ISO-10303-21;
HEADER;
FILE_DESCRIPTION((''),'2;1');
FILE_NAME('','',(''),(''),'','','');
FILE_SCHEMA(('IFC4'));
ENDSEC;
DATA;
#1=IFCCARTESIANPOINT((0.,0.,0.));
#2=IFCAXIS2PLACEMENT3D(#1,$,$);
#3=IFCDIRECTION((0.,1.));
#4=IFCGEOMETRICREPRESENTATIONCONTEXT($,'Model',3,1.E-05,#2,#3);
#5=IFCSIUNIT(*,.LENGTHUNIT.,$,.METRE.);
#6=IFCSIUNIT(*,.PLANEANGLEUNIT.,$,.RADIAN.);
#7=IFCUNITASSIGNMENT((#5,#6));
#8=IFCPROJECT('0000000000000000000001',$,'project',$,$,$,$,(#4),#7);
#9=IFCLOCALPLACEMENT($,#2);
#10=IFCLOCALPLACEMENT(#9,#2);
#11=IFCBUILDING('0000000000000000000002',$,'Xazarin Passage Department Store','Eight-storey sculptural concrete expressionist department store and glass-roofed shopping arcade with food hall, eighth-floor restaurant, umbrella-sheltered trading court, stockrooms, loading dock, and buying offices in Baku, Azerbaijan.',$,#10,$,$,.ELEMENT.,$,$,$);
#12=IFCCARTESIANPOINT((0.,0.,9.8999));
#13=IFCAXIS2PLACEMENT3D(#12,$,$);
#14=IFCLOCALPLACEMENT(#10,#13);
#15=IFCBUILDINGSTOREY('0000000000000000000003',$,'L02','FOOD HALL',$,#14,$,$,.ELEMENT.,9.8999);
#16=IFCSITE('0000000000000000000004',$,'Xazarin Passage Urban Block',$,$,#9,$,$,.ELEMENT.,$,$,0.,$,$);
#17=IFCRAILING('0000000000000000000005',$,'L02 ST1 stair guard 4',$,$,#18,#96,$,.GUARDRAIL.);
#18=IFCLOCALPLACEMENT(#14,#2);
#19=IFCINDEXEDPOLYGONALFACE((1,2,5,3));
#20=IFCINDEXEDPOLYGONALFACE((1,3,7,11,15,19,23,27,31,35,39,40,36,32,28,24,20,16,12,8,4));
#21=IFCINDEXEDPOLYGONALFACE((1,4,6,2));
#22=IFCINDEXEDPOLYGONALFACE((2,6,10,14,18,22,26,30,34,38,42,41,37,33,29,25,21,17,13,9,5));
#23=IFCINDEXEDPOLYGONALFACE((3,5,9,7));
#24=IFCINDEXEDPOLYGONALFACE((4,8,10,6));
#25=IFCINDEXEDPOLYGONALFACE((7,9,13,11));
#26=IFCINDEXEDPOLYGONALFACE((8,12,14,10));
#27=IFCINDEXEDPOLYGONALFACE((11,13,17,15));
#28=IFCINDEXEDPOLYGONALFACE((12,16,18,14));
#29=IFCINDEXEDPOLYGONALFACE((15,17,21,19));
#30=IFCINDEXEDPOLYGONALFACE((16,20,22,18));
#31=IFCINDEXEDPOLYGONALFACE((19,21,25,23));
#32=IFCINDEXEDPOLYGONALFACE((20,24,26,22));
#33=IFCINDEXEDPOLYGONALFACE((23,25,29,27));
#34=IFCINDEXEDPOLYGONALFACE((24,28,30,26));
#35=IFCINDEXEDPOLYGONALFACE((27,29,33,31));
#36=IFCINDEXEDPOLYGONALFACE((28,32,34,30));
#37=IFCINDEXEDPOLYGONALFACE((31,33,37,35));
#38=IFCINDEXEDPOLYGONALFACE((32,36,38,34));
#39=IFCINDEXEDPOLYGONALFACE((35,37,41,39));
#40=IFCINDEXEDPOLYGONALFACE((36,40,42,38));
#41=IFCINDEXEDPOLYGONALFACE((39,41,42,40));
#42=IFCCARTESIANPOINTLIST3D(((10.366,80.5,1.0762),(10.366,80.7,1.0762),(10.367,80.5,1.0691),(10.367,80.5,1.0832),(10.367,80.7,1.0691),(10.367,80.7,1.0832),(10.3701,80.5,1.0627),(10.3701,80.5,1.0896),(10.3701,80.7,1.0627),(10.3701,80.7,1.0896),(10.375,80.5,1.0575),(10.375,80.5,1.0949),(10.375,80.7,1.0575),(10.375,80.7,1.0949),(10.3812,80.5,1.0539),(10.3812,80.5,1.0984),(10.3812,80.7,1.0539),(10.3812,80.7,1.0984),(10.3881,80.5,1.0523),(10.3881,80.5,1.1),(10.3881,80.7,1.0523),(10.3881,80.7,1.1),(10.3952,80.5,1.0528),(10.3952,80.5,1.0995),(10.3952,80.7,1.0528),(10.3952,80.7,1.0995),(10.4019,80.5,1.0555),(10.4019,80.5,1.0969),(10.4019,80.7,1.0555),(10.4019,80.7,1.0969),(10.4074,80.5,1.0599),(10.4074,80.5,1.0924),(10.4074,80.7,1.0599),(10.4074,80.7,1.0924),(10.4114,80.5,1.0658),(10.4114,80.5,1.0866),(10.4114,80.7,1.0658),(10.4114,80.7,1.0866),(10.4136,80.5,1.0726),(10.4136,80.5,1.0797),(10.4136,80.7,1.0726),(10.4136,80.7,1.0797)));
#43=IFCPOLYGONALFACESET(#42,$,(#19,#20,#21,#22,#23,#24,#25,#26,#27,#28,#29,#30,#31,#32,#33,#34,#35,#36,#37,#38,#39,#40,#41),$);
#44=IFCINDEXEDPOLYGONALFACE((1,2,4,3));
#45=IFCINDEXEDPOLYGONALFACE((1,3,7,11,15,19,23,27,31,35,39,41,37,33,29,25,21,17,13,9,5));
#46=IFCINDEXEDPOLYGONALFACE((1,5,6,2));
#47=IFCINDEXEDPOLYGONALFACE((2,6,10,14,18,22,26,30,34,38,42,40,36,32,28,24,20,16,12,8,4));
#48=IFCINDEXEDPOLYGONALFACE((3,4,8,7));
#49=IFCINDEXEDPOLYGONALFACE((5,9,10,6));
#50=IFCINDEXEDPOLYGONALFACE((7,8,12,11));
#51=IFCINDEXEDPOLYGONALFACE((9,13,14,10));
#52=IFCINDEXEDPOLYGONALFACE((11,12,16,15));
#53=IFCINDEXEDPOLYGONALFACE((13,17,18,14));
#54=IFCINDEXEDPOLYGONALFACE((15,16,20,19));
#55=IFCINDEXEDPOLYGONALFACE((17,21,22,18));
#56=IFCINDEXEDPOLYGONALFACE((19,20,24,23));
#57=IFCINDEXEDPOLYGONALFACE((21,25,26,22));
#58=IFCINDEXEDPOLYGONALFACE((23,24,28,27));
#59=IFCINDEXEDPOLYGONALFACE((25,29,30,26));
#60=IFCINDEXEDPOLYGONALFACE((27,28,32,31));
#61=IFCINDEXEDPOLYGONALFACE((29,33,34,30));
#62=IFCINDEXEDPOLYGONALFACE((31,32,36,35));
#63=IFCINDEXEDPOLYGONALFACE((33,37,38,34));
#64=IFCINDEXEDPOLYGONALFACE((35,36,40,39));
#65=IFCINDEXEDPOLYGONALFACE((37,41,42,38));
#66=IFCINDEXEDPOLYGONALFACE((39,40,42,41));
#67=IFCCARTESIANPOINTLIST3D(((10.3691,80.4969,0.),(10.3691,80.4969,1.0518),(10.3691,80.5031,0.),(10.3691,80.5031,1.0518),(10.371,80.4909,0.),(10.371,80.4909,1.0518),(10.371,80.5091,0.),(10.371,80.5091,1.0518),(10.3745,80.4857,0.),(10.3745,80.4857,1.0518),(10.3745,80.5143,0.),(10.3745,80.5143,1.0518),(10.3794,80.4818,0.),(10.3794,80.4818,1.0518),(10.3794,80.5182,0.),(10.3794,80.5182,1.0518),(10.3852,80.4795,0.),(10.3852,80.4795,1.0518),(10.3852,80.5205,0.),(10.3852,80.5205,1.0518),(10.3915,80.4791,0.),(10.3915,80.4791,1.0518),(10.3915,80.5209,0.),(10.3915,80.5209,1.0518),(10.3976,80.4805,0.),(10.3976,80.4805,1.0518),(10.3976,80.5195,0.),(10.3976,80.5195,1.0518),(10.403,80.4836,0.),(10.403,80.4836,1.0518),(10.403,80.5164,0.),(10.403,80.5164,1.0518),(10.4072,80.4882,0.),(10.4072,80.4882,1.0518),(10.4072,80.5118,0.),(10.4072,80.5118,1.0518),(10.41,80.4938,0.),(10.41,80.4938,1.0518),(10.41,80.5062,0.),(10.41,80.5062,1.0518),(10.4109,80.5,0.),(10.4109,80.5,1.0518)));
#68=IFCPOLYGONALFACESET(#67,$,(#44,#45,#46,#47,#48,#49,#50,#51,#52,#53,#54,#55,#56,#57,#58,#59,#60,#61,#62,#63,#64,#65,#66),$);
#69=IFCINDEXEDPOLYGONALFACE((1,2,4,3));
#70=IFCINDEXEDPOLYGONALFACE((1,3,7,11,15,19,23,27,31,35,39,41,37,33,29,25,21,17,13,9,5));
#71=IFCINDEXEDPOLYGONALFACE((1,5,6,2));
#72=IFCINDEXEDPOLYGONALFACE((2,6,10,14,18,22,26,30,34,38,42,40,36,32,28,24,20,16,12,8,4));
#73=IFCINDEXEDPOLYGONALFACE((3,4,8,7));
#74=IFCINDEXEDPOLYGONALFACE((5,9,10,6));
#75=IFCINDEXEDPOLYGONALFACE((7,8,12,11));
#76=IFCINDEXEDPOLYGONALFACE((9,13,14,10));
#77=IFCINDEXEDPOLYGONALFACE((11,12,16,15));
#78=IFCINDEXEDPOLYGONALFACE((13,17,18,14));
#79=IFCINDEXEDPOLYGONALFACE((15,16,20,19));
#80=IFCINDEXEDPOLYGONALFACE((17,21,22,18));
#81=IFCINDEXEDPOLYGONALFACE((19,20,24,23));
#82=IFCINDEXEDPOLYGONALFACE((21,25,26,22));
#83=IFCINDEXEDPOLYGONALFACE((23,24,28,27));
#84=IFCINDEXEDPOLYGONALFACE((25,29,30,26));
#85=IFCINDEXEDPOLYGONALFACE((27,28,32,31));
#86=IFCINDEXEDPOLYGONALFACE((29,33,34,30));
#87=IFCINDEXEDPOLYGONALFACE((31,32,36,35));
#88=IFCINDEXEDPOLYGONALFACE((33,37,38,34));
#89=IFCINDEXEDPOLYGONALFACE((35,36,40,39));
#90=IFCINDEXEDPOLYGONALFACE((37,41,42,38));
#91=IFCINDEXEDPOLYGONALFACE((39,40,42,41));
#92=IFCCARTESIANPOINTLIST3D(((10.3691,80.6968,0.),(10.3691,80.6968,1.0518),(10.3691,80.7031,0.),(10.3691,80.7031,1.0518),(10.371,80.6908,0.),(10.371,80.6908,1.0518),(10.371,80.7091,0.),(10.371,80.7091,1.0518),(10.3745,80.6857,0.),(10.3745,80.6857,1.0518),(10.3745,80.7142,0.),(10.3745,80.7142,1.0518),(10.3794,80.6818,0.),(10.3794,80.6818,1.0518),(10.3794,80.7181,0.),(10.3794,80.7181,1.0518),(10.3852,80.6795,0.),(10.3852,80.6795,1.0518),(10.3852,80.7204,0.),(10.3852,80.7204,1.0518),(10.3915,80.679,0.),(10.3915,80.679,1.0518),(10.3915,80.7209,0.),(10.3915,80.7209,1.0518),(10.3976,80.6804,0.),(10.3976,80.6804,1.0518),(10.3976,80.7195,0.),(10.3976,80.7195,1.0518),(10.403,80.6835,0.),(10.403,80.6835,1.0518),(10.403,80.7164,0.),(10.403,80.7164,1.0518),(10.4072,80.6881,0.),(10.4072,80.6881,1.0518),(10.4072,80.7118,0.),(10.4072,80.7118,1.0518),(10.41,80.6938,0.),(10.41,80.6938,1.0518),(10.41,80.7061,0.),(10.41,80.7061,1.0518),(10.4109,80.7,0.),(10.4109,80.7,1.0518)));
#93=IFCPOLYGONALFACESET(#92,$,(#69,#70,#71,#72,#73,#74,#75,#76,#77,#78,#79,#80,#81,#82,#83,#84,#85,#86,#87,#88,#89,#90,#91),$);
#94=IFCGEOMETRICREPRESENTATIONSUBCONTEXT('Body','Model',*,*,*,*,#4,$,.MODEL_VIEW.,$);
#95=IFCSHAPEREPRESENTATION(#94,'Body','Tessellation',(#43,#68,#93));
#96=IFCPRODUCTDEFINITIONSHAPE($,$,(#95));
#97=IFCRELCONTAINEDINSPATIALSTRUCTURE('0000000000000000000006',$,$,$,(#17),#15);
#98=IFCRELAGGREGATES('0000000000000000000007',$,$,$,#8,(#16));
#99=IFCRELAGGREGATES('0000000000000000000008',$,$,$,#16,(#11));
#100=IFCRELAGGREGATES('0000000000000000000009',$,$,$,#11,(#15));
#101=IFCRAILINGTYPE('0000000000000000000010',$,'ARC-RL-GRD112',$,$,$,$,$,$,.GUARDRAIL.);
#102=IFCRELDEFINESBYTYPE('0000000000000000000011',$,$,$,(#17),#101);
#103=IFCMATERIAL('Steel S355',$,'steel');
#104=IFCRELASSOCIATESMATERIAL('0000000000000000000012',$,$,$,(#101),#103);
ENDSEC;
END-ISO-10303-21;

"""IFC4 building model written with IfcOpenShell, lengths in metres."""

from ifc_helpers import new_model, si_unit, direction, frame, origin, origin_2d, place, context, subcontext, project, spatial, circle, extrude, material, type_object, element, save


model = new_model("IFC4")

# Units and contexts
model_context = context("Model", 3, precision=1e-05, world=origin(), true_north=direction((0.0, 1.0)))
body_context = subcontext(model_context, "Body", "Model", "MODEL_VIEW")
ifc_project = project(units=[si_unit("LENGTHUNIT", "METRE"), si_unit("PLANEANGLEUNIT", "RADIAN")], contexts=[model_context])

# Site, building, storey
site_placement = place(None, origin())
site = spatial("IfcSite", under=ifc_project, at=site_placement, Name="Xazarin Passage Urban Block", CompositionType="ELEMENT", RefElevation=0.0)
building_placement = place(site_placement, origin())
building = spatial("IfcBuilding", under=site, at=building_placement, Name="Xazarin Passage Department Store", Description="Eight-storey sculptural concrete expressionist department store and glass-roofed shopping arcade with food hall, eighth-floor restaurant, umbrella-sheltered trading court, stockrooms, loading dock, and buying offices in Baku, Azerbaijan.", CompositionType="ELEMENT")
storey_placement = place(building_placement, frame((0.0, 0.0, 9.8999)))
storey = spatial("IfcBuildingStorey", under=building, at=storey_placement, Name="L02", Description="FOOD HALL", CompositionType="ELEMENT", Elevation=9.8999)

# Shared definitions
ifc_material_1 = material(Name="Steel S355", Category="steel")

# Railing
railing_type_1 = type_object("IfcRailingType", Name="ARC-RL-GRD112", PredefinedType="GUARDRAIL", material=ifc_material_1)
railing_1_placement = place(storey_placement, frame((10.3899, 80.5, 0.0)))
element("IfcRailing", 1, at=railing_1_placement, inside=storey, type_object=railing_type_1, Name="L02 ST1 stair guard 4", PredefinedType="GUARDRAIL", context=body_context, shape_type="SweptSolid", body=[
    extrude(circle(Radius=0.0239, at=origin_2d()), frame((0.0, 0.0, 1.0762), z_axis=(0.0, 1.0, 0.0), x_axis=(-1.0, 0.0, 0.0)), (0.0, 0.0, 1.0), 0.2),
    extrude(circle(Radius=0.021, at=origin_2d()), origin(), (0.0, 0.0, 1.0), 1.0518),
    extrude(circle(Radius=0.021, at=origin_2d()), frame((0.0, 0.2, 0.0)), (0.0, 0.0, 1.0), 1.0518),
])

save(model, "model.ifc")
